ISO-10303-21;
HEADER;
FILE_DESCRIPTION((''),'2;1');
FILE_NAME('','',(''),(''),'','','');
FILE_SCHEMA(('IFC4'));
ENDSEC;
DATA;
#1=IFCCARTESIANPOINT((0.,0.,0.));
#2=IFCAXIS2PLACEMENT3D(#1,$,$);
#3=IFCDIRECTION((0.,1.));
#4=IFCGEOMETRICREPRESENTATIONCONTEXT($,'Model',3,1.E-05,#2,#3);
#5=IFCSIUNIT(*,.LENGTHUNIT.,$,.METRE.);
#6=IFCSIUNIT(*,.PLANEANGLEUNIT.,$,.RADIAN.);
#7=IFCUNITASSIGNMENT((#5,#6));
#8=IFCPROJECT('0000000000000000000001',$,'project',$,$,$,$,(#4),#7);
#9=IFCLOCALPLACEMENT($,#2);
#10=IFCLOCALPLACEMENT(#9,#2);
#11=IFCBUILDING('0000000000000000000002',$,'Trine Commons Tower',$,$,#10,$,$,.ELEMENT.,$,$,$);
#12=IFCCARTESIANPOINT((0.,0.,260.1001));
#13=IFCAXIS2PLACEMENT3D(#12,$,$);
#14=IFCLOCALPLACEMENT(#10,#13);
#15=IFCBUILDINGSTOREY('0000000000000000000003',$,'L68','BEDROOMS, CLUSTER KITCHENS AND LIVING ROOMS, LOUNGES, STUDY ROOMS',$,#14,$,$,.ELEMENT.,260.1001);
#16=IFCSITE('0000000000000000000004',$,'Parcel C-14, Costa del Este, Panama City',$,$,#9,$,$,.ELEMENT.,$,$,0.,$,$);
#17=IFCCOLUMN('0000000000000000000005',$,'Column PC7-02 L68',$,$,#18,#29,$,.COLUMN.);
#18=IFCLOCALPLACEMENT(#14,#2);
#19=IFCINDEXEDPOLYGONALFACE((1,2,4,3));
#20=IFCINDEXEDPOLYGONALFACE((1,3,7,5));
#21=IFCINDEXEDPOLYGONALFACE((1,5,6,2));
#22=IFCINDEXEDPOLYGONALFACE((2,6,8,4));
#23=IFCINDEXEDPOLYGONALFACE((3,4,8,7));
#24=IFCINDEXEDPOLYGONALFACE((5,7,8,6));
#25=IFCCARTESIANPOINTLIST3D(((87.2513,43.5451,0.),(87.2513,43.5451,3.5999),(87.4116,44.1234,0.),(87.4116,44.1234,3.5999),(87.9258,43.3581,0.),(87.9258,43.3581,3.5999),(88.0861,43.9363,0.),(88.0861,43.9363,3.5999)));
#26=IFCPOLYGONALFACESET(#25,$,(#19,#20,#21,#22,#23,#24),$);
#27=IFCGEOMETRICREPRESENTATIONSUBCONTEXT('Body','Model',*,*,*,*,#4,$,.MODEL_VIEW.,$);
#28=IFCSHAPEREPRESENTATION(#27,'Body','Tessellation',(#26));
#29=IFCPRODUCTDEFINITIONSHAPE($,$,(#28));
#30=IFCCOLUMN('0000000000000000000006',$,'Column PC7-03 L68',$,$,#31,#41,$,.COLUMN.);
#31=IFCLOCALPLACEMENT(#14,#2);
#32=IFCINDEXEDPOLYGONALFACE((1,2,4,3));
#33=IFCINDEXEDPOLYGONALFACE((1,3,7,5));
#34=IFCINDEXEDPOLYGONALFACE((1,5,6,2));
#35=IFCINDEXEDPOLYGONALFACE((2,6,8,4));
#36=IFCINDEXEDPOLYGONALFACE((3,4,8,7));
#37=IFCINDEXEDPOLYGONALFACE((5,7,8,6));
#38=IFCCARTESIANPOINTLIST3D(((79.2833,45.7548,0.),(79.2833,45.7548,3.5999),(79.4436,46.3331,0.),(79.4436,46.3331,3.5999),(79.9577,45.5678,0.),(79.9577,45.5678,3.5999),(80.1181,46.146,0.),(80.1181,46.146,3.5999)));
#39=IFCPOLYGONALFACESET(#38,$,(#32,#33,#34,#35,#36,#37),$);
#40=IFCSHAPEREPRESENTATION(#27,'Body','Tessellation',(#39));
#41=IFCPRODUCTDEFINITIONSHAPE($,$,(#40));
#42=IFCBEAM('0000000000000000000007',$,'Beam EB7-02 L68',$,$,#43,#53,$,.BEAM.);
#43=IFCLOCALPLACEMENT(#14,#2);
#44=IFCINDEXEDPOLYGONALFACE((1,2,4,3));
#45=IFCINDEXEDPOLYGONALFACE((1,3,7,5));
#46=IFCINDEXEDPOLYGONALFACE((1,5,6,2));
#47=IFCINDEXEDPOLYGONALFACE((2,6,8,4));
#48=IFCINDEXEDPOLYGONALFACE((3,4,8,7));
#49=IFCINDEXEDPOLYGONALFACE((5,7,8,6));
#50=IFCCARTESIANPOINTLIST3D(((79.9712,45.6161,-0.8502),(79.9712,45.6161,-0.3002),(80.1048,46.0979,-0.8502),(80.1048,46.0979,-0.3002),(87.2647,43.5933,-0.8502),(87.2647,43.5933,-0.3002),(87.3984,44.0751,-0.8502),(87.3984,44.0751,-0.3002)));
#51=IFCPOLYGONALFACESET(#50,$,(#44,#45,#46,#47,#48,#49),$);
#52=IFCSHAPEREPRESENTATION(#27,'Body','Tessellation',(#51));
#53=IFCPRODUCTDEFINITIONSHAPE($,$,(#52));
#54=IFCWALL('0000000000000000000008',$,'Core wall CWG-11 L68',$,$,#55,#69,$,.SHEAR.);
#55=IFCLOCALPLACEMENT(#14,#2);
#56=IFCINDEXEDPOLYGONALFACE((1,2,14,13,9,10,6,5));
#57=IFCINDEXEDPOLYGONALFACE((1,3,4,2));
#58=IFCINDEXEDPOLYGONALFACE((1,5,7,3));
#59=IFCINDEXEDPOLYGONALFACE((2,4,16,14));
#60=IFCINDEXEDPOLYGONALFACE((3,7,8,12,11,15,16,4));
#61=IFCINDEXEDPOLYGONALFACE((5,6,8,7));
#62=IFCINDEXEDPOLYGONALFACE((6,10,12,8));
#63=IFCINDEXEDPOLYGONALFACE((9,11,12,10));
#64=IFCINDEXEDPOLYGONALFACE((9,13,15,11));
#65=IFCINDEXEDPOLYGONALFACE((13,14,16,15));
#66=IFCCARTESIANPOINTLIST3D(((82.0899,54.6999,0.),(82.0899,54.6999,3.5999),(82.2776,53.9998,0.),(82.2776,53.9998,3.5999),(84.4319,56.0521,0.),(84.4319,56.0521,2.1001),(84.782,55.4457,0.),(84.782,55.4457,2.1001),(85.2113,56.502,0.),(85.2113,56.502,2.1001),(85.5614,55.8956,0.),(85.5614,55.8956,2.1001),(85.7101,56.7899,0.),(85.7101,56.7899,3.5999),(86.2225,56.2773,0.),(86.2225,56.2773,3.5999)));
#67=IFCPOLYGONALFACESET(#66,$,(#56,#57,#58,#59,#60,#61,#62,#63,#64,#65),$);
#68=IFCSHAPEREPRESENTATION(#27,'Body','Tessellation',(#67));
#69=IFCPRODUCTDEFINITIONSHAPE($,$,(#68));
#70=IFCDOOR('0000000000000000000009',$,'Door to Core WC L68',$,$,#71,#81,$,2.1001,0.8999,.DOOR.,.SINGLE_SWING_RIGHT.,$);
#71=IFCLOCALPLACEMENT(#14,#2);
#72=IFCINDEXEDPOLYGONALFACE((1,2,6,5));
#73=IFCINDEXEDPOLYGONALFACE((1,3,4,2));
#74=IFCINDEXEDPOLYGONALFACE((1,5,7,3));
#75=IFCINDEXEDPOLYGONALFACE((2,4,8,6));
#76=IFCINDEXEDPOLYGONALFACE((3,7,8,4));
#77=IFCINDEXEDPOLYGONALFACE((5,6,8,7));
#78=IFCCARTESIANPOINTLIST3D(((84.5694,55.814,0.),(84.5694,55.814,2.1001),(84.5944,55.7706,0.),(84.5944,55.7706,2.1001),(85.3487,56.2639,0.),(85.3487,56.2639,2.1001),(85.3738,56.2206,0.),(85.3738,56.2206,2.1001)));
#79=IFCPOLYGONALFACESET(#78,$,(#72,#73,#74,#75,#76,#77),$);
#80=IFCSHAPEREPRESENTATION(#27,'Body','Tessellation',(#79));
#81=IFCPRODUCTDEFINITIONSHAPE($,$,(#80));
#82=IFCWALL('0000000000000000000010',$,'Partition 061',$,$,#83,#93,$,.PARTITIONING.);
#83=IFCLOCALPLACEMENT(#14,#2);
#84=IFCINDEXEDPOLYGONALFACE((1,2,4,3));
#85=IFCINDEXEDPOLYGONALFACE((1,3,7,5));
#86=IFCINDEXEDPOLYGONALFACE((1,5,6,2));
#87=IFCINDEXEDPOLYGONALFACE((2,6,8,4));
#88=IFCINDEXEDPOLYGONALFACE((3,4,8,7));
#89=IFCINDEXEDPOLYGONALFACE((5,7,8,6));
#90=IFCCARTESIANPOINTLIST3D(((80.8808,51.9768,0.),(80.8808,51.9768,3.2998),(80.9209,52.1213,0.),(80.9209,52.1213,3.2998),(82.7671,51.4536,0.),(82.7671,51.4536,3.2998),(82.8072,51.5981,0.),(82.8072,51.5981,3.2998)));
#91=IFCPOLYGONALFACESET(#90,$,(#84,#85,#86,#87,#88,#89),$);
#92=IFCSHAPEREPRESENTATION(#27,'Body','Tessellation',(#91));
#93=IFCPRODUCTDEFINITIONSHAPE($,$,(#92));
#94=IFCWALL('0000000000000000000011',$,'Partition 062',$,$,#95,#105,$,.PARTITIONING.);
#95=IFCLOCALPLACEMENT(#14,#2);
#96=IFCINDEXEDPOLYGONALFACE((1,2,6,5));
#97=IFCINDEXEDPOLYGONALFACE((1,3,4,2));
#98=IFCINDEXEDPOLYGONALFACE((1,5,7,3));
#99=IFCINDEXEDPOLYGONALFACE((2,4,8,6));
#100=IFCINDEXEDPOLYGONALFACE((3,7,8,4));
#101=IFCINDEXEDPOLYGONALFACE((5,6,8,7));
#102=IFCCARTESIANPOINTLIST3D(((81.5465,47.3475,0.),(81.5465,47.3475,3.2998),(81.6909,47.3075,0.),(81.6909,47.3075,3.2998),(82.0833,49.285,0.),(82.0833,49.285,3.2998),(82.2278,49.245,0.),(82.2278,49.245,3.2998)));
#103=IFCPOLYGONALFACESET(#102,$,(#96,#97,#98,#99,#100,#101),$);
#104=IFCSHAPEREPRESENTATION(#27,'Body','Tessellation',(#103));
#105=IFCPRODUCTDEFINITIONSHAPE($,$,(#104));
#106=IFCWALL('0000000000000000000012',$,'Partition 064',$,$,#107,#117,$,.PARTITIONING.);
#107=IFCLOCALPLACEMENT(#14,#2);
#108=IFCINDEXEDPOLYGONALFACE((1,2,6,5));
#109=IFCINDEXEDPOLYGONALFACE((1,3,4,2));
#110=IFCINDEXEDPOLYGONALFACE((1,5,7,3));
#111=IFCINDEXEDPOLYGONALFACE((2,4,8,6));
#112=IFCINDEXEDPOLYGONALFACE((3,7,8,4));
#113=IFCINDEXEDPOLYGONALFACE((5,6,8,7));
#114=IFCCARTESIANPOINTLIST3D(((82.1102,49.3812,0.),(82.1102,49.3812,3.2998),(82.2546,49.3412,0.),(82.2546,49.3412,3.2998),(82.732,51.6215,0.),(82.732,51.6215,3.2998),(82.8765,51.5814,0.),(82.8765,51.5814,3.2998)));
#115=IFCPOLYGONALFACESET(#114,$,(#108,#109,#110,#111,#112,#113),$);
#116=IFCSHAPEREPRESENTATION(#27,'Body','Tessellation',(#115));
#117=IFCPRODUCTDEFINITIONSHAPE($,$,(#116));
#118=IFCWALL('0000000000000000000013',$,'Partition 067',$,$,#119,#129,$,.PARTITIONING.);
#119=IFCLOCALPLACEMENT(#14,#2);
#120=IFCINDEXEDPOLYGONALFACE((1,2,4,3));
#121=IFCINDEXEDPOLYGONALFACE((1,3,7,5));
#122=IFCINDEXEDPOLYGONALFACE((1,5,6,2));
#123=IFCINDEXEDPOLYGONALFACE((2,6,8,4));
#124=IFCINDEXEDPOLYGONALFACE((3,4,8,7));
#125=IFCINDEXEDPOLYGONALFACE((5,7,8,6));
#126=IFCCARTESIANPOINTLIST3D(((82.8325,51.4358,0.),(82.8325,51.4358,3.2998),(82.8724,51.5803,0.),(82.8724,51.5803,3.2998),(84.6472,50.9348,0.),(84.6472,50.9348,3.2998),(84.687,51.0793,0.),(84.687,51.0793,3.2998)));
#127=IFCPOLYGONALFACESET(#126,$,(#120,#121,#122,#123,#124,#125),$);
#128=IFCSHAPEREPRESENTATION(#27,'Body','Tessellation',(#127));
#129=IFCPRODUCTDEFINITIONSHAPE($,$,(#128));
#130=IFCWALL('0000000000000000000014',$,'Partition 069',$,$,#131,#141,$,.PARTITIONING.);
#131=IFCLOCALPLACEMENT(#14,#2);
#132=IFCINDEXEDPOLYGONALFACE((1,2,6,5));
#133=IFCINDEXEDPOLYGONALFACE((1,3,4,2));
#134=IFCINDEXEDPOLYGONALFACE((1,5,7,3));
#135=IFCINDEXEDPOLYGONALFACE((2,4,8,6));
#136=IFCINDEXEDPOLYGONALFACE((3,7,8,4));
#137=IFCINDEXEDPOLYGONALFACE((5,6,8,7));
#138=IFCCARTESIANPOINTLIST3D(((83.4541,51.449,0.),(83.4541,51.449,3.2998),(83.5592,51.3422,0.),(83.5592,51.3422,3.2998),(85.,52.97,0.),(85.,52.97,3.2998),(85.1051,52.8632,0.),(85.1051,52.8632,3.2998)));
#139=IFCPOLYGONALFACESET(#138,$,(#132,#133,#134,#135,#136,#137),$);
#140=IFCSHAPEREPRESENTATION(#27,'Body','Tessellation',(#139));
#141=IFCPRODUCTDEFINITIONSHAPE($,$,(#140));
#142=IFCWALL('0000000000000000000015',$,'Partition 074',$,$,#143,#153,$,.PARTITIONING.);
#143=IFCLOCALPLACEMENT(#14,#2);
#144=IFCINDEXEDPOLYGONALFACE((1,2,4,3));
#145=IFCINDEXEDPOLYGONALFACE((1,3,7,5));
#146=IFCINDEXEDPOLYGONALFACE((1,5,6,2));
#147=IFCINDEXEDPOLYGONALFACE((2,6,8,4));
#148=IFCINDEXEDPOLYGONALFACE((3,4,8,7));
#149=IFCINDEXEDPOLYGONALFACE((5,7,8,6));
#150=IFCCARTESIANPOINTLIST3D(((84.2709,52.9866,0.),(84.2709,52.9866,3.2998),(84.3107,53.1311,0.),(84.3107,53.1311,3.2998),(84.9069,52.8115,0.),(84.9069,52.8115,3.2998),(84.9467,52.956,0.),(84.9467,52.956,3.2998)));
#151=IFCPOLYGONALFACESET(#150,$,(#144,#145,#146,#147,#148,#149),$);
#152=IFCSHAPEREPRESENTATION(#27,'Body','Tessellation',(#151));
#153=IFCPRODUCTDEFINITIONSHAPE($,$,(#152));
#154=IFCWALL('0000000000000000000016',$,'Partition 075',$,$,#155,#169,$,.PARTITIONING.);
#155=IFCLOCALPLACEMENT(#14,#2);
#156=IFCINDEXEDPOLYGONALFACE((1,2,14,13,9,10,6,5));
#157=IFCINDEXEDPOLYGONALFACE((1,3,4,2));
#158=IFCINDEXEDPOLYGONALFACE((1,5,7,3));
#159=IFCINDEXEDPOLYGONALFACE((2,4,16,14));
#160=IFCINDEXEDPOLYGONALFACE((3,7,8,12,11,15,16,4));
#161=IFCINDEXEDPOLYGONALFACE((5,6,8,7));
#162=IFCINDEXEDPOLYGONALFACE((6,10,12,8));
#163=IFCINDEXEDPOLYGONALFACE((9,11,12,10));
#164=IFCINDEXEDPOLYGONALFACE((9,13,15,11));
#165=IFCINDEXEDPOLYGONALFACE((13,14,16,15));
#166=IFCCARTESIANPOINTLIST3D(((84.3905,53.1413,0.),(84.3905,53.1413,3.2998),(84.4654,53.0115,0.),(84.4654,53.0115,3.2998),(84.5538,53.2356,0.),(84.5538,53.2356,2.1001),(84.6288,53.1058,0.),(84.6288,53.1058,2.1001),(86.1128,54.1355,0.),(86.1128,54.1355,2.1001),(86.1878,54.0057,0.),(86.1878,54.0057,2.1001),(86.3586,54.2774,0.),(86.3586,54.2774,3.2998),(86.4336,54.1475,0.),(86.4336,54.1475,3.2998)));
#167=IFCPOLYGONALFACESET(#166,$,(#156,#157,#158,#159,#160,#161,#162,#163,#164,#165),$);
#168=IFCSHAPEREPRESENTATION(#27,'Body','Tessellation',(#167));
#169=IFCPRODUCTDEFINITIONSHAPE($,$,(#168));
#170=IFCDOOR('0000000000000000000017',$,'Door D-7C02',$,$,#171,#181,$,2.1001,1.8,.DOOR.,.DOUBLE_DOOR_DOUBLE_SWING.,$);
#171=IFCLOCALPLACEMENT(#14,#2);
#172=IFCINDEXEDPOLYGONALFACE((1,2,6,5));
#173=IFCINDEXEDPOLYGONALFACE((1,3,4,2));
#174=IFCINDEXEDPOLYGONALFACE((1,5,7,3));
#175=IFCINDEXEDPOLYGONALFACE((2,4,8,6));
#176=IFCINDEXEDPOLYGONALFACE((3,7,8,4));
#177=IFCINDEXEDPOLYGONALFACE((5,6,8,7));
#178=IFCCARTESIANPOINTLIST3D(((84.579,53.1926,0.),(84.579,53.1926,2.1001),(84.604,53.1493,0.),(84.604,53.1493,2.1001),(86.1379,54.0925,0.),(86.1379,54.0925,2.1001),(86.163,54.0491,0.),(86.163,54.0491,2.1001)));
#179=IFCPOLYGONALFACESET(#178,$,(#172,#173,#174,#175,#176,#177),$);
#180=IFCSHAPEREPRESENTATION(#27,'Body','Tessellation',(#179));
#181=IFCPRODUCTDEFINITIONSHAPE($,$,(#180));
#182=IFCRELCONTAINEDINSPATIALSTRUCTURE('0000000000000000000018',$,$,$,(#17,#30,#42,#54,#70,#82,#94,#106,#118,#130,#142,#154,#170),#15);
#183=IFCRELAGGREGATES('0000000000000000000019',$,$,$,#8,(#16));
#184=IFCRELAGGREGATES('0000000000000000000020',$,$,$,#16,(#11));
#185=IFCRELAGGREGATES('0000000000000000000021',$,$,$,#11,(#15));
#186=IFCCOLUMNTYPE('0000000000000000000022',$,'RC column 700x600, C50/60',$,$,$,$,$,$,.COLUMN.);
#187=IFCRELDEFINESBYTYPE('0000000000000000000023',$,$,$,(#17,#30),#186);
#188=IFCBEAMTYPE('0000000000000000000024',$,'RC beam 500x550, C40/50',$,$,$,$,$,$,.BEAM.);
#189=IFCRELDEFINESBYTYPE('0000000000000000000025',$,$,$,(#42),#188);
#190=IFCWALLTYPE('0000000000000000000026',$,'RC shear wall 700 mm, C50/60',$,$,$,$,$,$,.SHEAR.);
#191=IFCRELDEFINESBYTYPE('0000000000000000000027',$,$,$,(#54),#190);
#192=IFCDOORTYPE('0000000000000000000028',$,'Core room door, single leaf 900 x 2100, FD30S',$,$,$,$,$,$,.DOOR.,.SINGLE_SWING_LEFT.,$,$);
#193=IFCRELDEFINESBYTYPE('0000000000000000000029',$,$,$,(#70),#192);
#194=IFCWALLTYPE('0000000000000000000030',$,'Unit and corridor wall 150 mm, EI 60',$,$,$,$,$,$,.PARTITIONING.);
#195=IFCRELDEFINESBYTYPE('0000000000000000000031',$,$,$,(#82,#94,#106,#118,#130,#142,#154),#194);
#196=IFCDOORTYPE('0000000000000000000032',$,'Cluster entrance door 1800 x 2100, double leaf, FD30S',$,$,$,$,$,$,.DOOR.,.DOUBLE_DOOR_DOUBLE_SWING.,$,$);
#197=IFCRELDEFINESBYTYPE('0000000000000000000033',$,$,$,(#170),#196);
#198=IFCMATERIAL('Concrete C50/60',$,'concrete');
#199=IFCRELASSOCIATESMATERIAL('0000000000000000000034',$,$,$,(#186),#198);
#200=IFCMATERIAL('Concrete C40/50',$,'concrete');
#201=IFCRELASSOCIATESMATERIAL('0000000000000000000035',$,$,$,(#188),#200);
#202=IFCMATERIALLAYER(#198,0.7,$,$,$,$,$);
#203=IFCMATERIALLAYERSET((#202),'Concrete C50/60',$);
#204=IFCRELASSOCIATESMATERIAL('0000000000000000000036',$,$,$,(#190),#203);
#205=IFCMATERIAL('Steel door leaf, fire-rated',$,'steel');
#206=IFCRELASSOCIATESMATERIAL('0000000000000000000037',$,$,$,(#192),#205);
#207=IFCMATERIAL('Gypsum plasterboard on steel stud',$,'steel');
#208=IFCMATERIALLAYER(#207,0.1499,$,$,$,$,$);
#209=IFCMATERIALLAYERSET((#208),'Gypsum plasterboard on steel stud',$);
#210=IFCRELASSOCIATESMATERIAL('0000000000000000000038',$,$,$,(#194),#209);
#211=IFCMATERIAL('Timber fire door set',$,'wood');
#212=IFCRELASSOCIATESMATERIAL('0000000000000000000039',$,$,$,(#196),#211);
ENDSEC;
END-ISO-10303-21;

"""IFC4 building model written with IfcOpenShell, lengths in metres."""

from ifc_helpers import new_model, si_unit, direction, frame, frame_2d, origin, origin_2d, place, context, subcontext, project, spatial, polyline, rectangle, outline, extrude, material, layer, layer_set, material_profile, profile_set, type_object, element, fill, save


model = new_model("IFC4")

# Units and contexts
model_context = context("Model", 3, precision=1e-05, world=origin(), true_north=direction((0.0, 1.0)))
body_context = subcontext(model_context, "Body", "Model", "MODEL_VIEW")
ifc_project = project(units=[si_unit("LENGTHUNIT", "METRE"), si_unit("PLANEANGLEUNIT", "RADIAN")], contexts=[model_context])

# Site, building, storey
site_placement = place(None, origin())
site = spatial("IfcSite", under=ifc_project, at=site_placement, Name="Parcel C-14, Costa del Este, Panama City", CompositionType="ELEMENT", RefElevation=0.0)
building_placement = place(site_placement, origin())
building = spatial("IfcBuilding", under=site, at=building_placement, Name="Trine Commons Tower", CompositionType="ELEMENT")
storey_placement = place(building_placement, frame((0.0, 0.0, 260.1001)))
storey = spatial("IfcBuildingStorey", under=building, at=storey_placement, Name="L68", Description="BEDROOMS, CLUSTER KITCHENS AND LIVING ROOMS, LOUNGES, STUDY ROOMS", CompositionType="ELEMENT", Elevation=260.1001)

# Columns
ifc_material_1 = material(Name="Concrete C50/60", Category="concrete")
ifc_material_profile_1 = material_profile(ifc_material_1, rectangle(XDim=0.7, YDim=0.6001, at=origin_2d()), Name="RC 700x600")
ifc_profile_set_1 = profile_set([ifc_material_profile_1], Name="Concrete C50/60")
column_type = type_object("IfcColumnType", Name="RC column 700x600, C50/60", PredefinedType="COLUMN", material=ifc_profile_set_1)
for number, where, z_axis, x_axis, name in (
    (1, (87.6687, 43.7407, 0.0), (0.0, 0.0, 1.0), (-0.96363, 0.267238, 0.0), "Column PC7-02 L68"),
    (2, (79.7007, 45.9504, 0.0), (0.0, 0.0, 1.0), (-0.96363, 0.267238, 0.0), "Column PC7-03 L68"),
):
    element("IfcColumn", number, at=place(storey_placement, frame(where, z_axis=z_axis, x_axis=x_axis)), inside=storey, type_object=column_type, Name=name, PredefinedType="COLUMN", context=body_context, shape_type="SweptSolid", body=[
        extrude(rectangle(XDim=0.7, YDim=0.6001, at=origin_2d()), origin(), (0.0, 0.0, 1.0), 3.5999),
    ])

# Beam
ifc_material_2 = material(Name="Concrete C40/50", Category="concrete")
ifc_material_profile_2 = material_profile(ifc_material_2, rectangle(XDim=0.5, YDim=0.55, at=origin_2d()), Name="RC 500x550")
ifc_profile_set_2 = profile_set([ifc_material_profile_2], Name="Concrete C40/50")
beam_type = type_object("IfcBeamType", Name="RC beam 500x550, C40/50", PredefinedType="BEAM", material=ifc_profile_set_2)
beam_placement = place(storey_placement, frame((87.3315, 43.8342, -0.5752), z_axis=(-0.963629, 0.267245, 0.0), x_axis=(-0.267245, -0.963629, 0.0)))
element("IfcBeam", 3, at=beam_placement, inside=storey, type_object=beam_type, Name="Beam EB7-02 L68", PredefinedType="BEAM", context=body_context, shape_type="SweptSolid", body=[
    extrude(rectangle(XDim=0.5, YDim=0.55, at=origin_2d()), origin(), (0.0, 0.0, 1.0), 7.5688),
])

# Wall, opening, door
ifc_layer_1 = layer(ifc_material_1, 0.7)
ifc_layer_set_1 = layer_set([ifc_layer_1], Name="Concrete C50/60")
wall_type_1 = type_object("IfcWallType", Name="RC shear wall 700 mm, C50/60", PredefinedType="SHEAR", material=ifc_layer_set_1)
wall_1_placement = place(storey_placement, frame((82.1025, 54.303, 0.0), z_axis=(0.0, 0.0, 1.0), x_axis=(0.866035, 0.499984, 0.0)))
wall_1 = element("IfcWall", 4, at=wall_1_placement, inside=storey, type_object=wall_type_1, Name="Core wall CWG-11 L68", PredefinedType="SHEAR", context=body_context, shape_type="SweptSolid", body=[
    extrude(outline(polyline([(0.0, -0.3501), (4.5552, -0.3501), (4.3677, 0.3501), (0.1875, 0.3501), (0.0, -0.3501)])), origin(), (0.0, 0.0, 1.0), 3.5999),
])
opening_1_placement = place(wall_1_placement, frame((2.8918, 0.0, 0.0)))
opening_1 = element("IfcOpeningElement", 5, at=opening_1_placement, cuts=wall_1, PredefinedType="OPENING", context=body_context, shape_type="SweptSolid", body=[
    extrude(rectangle(XDim=0.8999, YDim=2.1001, at=frame_2d((0.45, 1.05))), frame((0.0, 0.3599, 0.0), z_axis=(0.0, -1.0, 0.0), x_axis=(1.0, 0.0, 0.0)), (0.0, 0.0, 1.0), 0.72),
])
ifc_material_3 = material(Name="Steel door leaf, fire-rated", Category="steel")
door_type_1 = type_object("IfcDoorType", Name="Core room door, single leaf 900 x 2100, FD30S", OperationType="SINGLE_SWING_LEFT", PredefinedType="DOOR", material=ifc_material_3)
door_1_placement = place(opening_1_placement, origin())
door_1 = element("IfcDoor", 6, at=door_1_placement, inside=storey, type_object=door_type_1, Name="Door to Core WC L68", OperationType="SINGLE_SWING_RIGHT", OverallHeight=2.1001, OverallWidth=0.8999, PredefinedType="DOOR", context=body_context, shape_type="SweptSolid", body=[
    extrude(rectangle(XDim=0.8999, YDim=2.1001, at=frame_2d((0.45, 1.05))), frame((0.0, 0.0752, 0.0), z_axis=(0.0, -1.0, 0.0), x_axis=(1.0, 0.0, 0.0)), (0.0, 0.0, 1.0), 0.05),
])
fill(opening_1, door_1)

# Walls
ifc_material_4 = material(Name="Gypsum plasterboard on steel stud", Category="steel")
ifc_layer_2 = layer(ifc_material_4, 0.1499)
ifc_layer_set_2 = layer_set([ifc_layer_2], Name="Gypsum plasterboard on steel stud")
wall_type_2 = type_object("IfcWallType", Name="Unit and corridor wall 150 mm, EI 60", PredefinedType="PARTITIONING", material=ifc_layer_set_2)
wall_2_placement = place(storey_placement, frame((80.9009, 52.0491, 0.0), z_axis=(0.0, 0.0, 1.0), x_axis=(0.963618, -0.267284, 0.0)))
element("IfcWall", 7, at=wall_2_placement, inside=storey, type_object=wall_type_2, Name="Partition 061", PredefinedType="PARTITIONING", context=body_context, shape_type="SweptSolid", body=[
    extrude(rectangle(XDim=1.9575, YDim=0.1499, at=frame_2d((0.9788, 0.0))), origin(), (0.0, 0.0, 1.0), 3.2998),
])
wall_3_placement = place(storey_placement, frame((81.6187, 47.3274, 0.0), z_axis=(0.0, 0.0, 1.0), x_axis=(0.26703, 0.963688, 0.0)))
element("IfcWall", 8, at=wall_3_placement, inside=storey, type_object=wall_type_2, Name="Partition 062", PredefinedType="PARTITIONING", context=body_context, shape_type="SweptSolid", body=[
    extrude(rectangle(XDim=2.0105, YDim=0.1499, at=frame_2d((1.0054, 0.0))), origin(), (0.0, 0.0, 1.0), 3.2998),
])
wall_4_placement = place(storey_placement, frame((82.1824, 49.3611, 0.0), z_axis=(0.0, 0.0, 1.0), x_axis=(0.26746, 0.963569, 0.0)))
element("IfcWall", 9, at=wall_4_placement, inside=storey, type_object=wall_type_2, Name="Partition 064", PredefinedType="PARTITIONING", context=body_context, shape_type="SweptSolid", body=[
    extrude(rectangle(XDim=2.325, YDim=0.1499, at=frame_2d((1.1626, 0.0))), origin(), (0.0, 0.0, 1.0), 3.2998),
])
wall_5_placement = place(storey_placement, frame((82.8523, 51.5081, 0.0), z_axis=(0.0, 0.0, 1.0), x_axis=(0.963942, -0.266112, 0.0)))
element("IfcWall", 10, at=wall_5_placement, inside=storey, type_object=wall_type_2, Name="Partition 067", PredefinedType="PARTITIONING", context=body_context, shape_type="SweptSolid", body=[
    extrude(rectangle(XDim=1.8826, YDim=0.1499, at=frame_2d((0.9414, 0.0))), origin(), (0.0, 0.0, 1.0), 3.2998),
])
wall_6_placement = place(storey_placement, frame((83.5066, 51.3955, 0.0), z_axis=(0.0, 0.0, 1.0), x_axis=(0.712825, 0.701342, 0.0)))
element("IfcWall", 11, at=wall_6_placement, inside=storey, type_object=wall_type_2, Name="Partition 069", PredefinedType="PARTITIONING", context=body_context, shape_type="SweptSolid", body=[
    extrude(rectangle(XDim=2.1687, YDim=0.1499, at=frame_2d((1.0845, 0.0))), origin(), (0.0, 0.0, 1.0), 3.2998),
])
wall_7_placement = place(storey_placement, frame((84.2908, 53.0588, 0.0), z_axis=(0.0, 0.0, 1.0), x_axis=(0.964146, -0.265372, 0.0)))
element("IfcWall", 12, at=wall_7_placement, inside=storey, type_object=wall_type_2, Name="Partition 074", PredefinedType="PARTITIONING", context=body_context, shape_type="SweptSolid", body=[
    extrude(rectangle(XDim=0.6597, YDim=0.1499, at=frame_2d((0.3298, 0.0))), origin(), (0.0, 0.0, 1.0), 3.2998),
])

# Wall, opening, door
wall_8_placement = place(storey_placement, frame((84.428, 53.0764, 0.0), z_axis=(0.0, 0.0, 1.0), x_axis=(0.866073, 0.499918, 0.0)))
wall_8 = element("IfcWall", 13, at=wall_8_placement, inside=storey, type_object=wall_type_2, Name="Partition 075", PredefinedType="PARTITIONING", context=body_context, shape_type="SweptSolid", body=[
    extrude(rectangle(XDim=2.2725, YDim=0.1499, at=frame_2d((1.1362, 0.0))), origin(), (0.0, 0.0, 1.0), 3.2998),
])
opening_2_placement = place(wall_8_placement, frame((0.1887, 0.0, 0.0)))
opening_2 = element("IfcOpeningElement", 14, at=opening_2_placement, cuts=wall_8, PredefinedType="OPENING", context=body_context, shape_type="SweptSolid", body=[
    extrude(rectangle(XDim=1.8, YDim=2.1001, at=frame_2d((0.8999, 1.05))), frame((0.0, 0.085, 0.0), z_axis=(0.0, -1.0, 0.0), x_axis=(1.0, 0.0, 0.0)), (0.0, 0.0, 1.0), 0.1699),
])
ifc_material_5 = material(Name="Timber fire door set", Category="wood")
door_type_2 = type_object("IfcDoorType", Name="Cluster entrance door 1800 x 2100, double leaf, FD30S", OperationType="DOUBLE_DOOR_DOUBLE_SWING", PredefinedType="DOOR", material=ifc_material_5)
door_2_placement = place(opening_2_placement, frame((1.8, 0.0, 0.0), z_axis=(0.0, 0.0, 1.0), x_axis=(-1.0, 0.0, 0.0)))
door_2 = element("IfcDoor", 15, at=door_2_placement, inside=storey, type_object=door_type_2, Name="Door D-7C02", OperationType="DOUBLE_DOOR_DOUBLE_SWING", OverallHeight=2.1001, OverallWidth=1.8, PredefinedType="DOOR", context=body_context, shape_type="SweptSolid", body=[
    extrude(rectangle(XDim=1.8, YDim=2.1001, at=frame_2d((0.8999, 1.05))), frame((0.0, 0.0249, 0.0), z_axis=(0.0, -1.0, 0.0), x_axis=(1.0, 0.0, 0.0)), (0.0, 0.0, 1.0), 0.05),
])
fill(opening_2, door_2)

save(model, "model.ifc")
